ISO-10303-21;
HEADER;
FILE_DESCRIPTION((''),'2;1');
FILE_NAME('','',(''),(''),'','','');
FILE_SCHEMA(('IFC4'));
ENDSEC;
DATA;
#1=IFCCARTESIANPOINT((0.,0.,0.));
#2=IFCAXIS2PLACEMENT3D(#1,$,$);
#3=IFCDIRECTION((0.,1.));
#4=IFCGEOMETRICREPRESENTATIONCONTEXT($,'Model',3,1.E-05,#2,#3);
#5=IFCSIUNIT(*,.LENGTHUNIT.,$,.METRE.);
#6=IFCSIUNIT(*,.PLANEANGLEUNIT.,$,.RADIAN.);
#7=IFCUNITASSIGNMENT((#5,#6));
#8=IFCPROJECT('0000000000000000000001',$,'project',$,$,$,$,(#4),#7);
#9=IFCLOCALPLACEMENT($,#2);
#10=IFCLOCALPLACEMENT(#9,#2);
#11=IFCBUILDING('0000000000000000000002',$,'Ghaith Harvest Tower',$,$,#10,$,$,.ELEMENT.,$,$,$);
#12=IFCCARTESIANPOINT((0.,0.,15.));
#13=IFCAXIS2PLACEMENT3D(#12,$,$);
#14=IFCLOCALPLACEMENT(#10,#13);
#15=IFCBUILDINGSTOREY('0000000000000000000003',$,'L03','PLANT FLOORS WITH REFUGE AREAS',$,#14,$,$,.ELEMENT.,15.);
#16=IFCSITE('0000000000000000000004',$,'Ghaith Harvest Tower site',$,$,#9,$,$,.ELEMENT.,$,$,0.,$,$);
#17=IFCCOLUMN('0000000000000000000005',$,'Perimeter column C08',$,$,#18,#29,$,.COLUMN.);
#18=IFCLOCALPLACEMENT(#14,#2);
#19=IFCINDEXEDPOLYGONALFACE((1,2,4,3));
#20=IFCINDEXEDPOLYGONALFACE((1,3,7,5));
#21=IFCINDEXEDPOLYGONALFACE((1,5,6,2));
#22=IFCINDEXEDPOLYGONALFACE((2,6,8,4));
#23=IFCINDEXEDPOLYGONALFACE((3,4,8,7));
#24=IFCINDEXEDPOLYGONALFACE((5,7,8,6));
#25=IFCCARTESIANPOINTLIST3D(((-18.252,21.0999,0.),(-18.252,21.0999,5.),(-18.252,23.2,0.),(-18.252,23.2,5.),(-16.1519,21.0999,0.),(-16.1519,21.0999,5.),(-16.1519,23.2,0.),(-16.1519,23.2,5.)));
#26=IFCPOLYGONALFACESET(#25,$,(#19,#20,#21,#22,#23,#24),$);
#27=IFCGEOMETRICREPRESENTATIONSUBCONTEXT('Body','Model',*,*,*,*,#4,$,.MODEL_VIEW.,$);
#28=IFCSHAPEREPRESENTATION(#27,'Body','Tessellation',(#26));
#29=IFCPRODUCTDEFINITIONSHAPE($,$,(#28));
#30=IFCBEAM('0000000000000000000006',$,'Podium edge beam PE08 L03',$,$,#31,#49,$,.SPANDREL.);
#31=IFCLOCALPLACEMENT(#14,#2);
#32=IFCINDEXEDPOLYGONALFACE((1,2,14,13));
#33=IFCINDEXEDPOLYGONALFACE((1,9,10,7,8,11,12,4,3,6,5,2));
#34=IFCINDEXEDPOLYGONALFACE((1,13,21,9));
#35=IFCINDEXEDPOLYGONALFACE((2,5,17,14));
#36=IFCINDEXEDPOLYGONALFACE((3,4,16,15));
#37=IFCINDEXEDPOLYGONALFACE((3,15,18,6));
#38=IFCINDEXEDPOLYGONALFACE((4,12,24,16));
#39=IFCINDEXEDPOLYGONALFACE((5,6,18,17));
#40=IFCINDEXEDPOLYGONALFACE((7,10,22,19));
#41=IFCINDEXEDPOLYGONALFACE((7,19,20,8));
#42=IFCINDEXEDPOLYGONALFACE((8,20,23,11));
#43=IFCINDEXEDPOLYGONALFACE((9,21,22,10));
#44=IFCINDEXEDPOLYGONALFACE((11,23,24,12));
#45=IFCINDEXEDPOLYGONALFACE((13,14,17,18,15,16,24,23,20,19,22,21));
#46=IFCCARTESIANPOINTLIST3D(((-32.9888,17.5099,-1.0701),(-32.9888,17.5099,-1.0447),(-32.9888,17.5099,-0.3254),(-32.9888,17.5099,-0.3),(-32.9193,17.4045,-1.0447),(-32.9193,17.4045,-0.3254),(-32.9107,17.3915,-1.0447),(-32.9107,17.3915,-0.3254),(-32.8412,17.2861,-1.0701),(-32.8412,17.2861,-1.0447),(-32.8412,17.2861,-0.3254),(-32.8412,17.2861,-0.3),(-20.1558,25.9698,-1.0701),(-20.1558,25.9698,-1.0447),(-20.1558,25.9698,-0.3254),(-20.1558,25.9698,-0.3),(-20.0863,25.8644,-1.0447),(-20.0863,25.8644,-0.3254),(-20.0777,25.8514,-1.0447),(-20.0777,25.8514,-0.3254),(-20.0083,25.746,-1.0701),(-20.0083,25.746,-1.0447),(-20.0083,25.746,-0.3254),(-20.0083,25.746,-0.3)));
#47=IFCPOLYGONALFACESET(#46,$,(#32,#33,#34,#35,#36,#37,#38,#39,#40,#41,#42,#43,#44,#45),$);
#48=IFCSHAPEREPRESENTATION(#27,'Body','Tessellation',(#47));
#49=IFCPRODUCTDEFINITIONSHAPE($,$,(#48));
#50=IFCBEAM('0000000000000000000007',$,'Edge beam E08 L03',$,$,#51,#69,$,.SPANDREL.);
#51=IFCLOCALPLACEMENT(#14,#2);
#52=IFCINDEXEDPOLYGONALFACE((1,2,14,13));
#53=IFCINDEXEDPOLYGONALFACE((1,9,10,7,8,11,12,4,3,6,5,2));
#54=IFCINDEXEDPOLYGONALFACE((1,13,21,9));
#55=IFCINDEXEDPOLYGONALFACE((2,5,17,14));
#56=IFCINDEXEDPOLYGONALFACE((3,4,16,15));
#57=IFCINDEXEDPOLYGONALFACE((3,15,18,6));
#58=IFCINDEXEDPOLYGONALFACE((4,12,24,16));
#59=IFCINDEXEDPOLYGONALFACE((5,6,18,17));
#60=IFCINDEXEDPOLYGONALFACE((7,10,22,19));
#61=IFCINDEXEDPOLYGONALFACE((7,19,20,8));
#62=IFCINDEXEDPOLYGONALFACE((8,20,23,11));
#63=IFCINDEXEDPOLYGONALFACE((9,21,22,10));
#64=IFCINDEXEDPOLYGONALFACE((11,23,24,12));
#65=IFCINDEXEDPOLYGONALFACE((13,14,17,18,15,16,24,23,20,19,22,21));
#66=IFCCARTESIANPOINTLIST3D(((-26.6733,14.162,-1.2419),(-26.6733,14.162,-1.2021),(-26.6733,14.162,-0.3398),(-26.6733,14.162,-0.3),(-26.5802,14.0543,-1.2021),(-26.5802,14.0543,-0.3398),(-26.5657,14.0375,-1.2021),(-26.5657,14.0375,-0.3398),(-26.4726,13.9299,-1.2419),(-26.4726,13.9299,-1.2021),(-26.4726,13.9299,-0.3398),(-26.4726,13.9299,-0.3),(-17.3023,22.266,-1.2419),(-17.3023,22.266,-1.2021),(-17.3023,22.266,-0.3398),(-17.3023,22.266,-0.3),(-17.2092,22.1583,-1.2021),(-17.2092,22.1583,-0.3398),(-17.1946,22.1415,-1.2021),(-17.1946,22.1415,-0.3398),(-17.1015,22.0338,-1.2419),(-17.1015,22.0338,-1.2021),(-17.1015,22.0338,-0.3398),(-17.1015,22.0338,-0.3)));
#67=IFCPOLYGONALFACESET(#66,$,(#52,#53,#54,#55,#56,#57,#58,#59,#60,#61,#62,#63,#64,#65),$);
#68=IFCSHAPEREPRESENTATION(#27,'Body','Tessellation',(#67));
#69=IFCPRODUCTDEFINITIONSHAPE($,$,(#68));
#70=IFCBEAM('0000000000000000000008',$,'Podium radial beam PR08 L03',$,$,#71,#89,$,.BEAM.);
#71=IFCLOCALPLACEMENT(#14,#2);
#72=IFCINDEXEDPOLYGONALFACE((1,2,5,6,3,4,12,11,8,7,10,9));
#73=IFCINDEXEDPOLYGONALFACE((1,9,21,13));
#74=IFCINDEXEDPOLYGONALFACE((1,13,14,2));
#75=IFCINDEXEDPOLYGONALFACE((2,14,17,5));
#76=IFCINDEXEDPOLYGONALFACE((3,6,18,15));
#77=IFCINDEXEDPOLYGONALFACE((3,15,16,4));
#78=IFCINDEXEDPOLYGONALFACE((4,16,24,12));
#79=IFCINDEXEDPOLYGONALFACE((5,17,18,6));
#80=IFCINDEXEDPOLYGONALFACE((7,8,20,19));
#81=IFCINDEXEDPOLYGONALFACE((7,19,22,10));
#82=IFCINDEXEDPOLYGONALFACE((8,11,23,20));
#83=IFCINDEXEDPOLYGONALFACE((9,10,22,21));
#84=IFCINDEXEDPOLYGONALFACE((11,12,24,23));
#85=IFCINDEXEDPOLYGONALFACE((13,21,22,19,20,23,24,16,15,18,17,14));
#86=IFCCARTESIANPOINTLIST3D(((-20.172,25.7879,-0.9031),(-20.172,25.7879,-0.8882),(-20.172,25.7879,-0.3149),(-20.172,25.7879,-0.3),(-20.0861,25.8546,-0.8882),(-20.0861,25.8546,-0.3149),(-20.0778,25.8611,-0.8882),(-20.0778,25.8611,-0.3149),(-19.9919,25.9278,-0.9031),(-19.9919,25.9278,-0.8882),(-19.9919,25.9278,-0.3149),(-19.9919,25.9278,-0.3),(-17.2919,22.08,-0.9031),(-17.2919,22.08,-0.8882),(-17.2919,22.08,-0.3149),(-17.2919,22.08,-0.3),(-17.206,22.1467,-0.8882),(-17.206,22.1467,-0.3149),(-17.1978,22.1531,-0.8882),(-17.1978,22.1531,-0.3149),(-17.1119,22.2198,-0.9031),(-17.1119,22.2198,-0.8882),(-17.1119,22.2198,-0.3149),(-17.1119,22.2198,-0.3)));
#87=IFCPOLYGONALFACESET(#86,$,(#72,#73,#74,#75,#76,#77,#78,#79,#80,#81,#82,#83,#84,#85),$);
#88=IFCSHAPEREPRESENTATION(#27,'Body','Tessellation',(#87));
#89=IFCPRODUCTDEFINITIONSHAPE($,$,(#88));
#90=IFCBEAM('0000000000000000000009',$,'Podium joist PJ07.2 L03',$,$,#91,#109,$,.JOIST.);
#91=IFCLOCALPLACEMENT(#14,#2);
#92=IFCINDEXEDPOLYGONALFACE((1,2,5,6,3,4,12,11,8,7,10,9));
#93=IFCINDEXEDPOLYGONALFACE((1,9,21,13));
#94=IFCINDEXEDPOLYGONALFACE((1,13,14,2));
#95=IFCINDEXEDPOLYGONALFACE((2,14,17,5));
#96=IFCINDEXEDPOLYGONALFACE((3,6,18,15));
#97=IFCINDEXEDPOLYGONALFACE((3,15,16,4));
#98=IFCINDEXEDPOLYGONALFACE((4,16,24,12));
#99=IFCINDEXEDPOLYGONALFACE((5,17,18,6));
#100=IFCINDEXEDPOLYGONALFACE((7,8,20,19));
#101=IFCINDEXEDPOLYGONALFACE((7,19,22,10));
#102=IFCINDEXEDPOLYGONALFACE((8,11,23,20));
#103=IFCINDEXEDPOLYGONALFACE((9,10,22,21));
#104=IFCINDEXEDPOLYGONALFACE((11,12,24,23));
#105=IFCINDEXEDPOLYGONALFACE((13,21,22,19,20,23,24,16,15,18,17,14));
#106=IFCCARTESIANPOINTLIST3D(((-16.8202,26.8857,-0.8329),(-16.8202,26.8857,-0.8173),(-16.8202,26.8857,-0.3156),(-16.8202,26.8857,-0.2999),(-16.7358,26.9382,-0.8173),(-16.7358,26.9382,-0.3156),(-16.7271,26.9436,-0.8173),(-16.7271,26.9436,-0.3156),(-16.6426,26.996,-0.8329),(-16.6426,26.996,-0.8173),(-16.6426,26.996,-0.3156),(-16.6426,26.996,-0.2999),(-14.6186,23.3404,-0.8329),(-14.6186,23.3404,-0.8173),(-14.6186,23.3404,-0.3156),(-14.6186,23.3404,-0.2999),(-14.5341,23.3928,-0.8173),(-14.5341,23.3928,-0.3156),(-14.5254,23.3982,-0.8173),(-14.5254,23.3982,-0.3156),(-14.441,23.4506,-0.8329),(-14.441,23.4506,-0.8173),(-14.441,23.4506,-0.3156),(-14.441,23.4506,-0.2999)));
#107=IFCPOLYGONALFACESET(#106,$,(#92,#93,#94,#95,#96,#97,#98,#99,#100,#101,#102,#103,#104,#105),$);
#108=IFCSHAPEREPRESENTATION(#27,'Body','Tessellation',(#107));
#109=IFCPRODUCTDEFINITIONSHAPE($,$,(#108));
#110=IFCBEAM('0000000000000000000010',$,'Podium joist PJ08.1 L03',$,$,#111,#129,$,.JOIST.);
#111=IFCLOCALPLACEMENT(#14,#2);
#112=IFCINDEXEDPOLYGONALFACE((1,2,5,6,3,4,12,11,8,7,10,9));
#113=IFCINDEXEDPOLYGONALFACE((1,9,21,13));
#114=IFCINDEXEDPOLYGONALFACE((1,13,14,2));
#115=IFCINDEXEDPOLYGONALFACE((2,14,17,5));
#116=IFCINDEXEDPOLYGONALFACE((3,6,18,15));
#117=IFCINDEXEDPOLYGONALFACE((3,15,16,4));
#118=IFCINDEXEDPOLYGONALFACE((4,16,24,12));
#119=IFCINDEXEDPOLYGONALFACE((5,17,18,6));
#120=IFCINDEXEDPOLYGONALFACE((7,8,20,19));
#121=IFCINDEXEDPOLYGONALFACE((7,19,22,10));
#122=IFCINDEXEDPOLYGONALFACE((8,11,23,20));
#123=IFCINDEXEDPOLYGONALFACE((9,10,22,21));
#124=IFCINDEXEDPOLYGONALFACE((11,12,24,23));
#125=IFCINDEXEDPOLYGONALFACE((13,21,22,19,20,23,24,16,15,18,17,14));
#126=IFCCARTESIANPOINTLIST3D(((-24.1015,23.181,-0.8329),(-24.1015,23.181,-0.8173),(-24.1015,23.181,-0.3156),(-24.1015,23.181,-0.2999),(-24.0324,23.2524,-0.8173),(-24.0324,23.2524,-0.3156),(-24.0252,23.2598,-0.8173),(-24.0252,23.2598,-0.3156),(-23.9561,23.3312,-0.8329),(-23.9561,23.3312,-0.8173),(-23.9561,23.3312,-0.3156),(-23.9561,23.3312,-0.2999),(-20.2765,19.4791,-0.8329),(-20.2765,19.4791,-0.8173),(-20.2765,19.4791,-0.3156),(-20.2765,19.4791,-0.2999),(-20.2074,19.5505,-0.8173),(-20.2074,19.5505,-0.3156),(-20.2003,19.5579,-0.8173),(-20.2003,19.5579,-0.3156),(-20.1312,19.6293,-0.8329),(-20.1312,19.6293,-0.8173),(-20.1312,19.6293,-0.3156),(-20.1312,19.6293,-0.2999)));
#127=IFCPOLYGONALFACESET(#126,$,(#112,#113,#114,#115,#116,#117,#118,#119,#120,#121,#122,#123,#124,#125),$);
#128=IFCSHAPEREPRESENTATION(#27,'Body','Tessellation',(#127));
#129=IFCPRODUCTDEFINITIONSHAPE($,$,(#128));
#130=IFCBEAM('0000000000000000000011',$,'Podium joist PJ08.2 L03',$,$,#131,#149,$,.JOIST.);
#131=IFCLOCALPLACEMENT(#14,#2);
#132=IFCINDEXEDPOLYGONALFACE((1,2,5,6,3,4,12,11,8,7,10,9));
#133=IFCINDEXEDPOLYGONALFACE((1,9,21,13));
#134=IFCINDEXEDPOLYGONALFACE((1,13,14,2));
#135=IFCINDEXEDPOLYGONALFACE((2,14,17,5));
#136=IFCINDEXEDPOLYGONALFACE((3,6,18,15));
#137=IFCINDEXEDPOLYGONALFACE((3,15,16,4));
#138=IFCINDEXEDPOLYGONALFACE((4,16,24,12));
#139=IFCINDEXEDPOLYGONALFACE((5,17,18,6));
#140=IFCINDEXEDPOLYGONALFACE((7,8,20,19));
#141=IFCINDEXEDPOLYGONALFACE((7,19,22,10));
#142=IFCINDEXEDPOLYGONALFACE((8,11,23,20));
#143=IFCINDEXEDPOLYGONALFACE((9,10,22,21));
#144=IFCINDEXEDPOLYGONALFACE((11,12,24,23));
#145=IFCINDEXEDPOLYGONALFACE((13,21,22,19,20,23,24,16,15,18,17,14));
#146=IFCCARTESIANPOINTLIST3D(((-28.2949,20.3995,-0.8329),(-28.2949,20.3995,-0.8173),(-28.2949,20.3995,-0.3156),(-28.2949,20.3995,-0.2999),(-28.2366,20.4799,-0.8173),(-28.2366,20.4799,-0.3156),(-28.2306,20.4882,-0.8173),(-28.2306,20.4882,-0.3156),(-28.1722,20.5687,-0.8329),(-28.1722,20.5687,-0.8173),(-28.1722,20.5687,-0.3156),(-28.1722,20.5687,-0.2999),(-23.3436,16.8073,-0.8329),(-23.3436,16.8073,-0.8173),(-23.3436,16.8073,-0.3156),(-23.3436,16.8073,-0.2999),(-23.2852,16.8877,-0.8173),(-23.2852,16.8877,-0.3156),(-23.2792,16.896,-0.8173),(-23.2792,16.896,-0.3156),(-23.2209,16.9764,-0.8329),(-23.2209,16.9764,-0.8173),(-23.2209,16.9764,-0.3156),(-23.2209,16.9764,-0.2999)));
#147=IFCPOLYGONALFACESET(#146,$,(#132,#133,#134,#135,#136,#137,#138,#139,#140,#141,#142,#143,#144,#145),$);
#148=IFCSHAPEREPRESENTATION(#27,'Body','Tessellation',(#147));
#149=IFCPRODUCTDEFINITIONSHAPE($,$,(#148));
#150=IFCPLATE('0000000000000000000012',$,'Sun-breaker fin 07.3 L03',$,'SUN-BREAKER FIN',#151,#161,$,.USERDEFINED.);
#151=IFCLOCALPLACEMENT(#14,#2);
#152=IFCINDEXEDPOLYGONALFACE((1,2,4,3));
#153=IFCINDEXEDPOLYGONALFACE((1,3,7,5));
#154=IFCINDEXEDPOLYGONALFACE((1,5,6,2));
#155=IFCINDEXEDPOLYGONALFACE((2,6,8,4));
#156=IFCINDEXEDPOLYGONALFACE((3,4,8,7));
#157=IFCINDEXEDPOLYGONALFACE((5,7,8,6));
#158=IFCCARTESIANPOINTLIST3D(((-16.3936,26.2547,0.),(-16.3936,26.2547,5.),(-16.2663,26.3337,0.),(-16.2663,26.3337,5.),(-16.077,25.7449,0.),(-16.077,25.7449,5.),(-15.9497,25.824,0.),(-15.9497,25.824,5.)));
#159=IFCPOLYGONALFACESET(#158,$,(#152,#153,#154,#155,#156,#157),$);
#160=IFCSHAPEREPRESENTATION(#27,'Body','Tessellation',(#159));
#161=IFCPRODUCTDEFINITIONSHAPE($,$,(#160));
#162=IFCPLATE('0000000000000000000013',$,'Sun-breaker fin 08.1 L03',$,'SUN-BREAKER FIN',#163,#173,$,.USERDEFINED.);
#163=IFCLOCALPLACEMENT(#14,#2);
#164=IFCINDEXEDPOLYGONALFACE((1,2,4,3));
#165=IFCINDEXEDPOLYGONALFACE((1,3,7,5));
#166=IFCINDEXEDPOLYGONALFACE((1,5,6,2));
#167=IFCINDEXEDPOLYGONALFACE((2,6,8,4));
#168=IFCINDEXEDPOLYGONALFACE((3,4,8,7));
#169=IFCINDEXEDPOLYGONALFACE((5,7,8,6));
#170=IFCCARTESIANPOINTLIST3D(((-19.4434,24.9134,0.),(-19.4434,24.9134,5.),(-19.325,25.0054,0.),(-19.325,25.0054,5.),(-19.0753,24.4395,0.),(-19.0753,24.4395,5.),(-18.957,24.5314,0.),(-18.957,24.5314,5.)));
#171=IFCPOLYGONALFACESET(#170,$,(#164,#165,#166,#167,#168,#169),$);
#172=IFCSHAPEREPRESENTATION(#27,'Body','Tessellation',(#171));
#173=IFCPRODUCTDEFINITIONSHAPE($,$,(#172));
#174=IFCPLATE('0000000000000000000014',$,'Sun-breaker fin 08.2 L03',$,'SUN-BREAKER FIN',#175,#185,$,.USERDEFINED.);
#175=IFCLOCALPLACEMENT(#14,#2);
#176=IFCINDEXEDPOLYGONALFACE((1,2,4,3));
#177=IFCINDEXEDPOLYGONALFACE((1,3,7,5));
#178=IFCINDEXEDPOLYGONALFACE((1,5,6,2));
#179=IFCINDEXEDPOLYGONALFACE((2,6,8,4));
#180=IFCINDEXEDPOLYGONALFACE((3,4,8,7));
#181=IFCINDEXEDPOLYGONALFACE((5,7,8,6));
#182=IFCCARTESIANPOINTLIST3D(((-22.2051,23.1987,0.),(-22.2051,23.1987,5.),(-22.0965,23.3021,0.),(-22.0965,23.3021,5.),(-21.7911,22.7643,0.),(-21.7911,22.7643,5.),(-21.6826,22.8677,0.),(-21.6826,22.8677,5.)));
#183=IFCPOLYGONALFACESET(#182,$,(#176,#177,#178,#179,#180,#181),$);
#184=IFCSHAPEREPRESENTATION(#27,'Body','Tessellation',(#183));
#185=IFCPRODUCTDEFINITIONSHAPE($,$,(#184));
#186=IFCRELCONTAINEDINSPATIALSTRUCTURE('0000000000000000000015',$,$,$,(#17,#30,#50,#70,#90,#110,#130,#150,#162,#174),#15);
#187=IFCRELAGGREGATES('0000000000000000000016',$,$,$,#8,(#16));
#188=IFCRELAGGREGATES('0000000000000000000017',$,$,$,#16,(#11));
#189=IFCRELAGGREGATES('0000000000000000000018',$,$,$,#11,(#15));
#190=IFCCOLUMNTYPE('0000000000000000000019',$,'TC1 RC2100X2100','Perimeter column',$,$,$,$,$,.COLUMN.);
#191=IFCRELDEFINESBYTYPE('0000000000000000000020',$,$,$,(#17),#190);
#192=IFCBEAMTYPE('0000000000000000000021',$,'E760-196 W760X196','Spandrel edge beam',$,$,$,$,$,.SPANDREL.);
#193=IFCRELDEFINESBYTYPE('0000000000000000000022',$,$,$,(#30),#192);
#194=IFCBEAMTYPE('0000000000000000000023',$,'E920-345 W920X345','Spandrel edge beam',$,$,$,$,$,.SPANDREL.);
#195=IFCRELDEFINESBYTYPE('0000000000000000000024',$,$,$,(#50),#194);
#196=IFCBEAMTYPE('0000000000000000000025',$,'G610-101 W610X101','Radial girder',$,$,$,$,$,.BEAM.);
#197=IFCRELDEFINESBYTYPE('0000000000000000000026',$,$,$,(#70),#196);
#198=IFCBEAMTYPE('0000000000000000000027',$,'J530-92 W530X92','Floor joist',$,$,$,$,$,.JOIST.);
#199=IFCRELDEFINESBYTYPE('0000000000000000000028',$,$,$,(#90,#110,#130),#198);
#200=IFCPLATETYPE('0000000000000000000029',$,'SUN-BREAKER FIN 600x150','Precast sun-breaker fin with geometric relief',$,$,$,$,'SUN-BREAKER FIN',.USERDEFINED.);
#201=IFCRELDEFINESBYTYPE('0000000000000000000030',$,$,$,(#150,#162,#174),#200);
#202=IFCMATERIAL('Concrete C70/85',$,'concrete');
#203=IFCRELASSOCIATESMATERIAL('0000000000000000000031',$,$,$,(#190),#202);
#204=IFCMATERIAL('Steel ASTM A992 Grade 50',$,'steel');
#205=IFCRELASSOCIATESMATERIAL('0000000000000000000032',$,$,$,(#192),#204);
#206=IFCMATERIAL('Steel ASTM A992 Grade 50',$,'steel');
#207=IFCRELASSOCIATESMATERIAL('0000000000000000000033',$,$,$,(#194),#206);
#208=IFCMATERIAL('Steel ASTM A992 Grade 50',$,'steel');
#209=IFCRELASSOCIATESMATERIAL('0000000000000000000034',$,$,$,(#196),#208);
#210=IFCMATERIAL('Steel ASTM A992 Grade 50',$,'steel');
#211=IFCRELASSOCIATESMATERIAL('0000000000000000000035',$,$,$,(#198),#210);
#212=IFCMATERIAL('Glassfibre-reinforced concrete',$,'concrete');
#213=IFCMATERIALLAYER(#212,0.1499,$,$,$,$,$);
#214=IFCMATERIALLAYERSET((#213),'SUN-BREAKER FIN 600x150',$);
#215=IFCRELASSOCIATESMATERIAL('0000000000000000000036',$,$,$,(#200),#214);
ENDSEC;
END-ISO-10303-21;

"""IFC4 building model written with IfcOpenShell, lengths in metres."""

from ifc_helpers import new_model, si_unit, direction, frame, origin, origin_2d, place, context, subcontext, project, spatial, rectangle, i_section, extrude, material, layer, layer_set, material_profile, profile_set, type_object, element, save


model = new_model("IFC4")

# Units and contexts
model_context = context("Model", 3, precision=1e-05, world=origin(), true_north=direction((0.0, 1.0)))
body_context = subcontext(model_context, "Body", "Model", "MODEL_VIEW")
ifc_project = project(units=[si_unit("LENGTHUNIT", "METRE"), si_unit("PLANEANGLEUNIT", "RADIAN")], contexts=[model_context])

# Site, building, storey
site_placement = place(None, origin())
site = spatial("IfcSite", under=ifc_project, at=site_placement, Name="Ghaith Harvest Tower site", CompositionType="ELEMENT", RefElevation=0.0)
building_placement = place(site_placement, origin())
building = spatial("IfcBuilding", under=site, at=building_placement, Name="Ghaith Harvest Tower", CompositionType="ELEMENT")
storey_placement = place(building_placement, frame((0.0, 0.0, 15.0)))
storey = spatial("IfcBuildingStorey", under=building, at=storey_placement, Name="L03", Description="PLANT FLOORS WITH REFUGE AREAS", CompositionType="ELEMENT", Elevation=15.0)

# Column
ifc_material_1 = material(Name="Concrete C70/85", Category="concrete")
ifc_material_profile_1 = material_profile(ifc_material_1, rectangle(XDim=2.1001, YDim=2.1001, at=origin_2d()), Name="RC2100X2100")
ifc_profile_set_1 = profile_set([ifc_material_profile_1], Name="Concrete C70/85")
column_type = type_object("IfcColumnType", Name="TC1 RC2100X2100", Description="Perimeter column", PredefinedType="COLUMN", material=ifc_profile_set_1)
column_placement = place(storey_placement, frame((-17.2019, 22.1499, 0.0), z_axis=(0.0, 0.0, 1.0), x_axis=(1.0, 0.0, 0.0)))
element("IfcColumn", 1, at=column_placement, inside=storey, type_object=column_type, Name="Perimeter column C08", PredefinedType="COLUMN", context=body_context, shape_type="SweptSolid", body=[
    extrude(rectangle(XDim=2.1001, YDim=2.1001, at=origin_2d()), origin(), (0.0, 0.0, 1.0), 5.0),
])

# Beams
ifc_material_2 = material(Name="Steel ASTM A992 Grade 50", Category="steel")
ifc_material_profile_2 = material_profile(ifc_material_2, i_section(OverallWidth=0.2681, OverallDepth=0.77, WebThickness=0.0156, FlangeThickness=0.0254, at=origin_2d()), Name="W760X196")
ifc_profile_set_2 = profile_set([ifc_material_profile_2], Name="Steel ASTM A992 Grade 50")
beam_type_1 = type_object("IfcBeamType", Name="E760-196 W760X196", Description="Spandrel edge beam", PredefinedType="SPANDREL", material=ifc_profile_set_2)
beam_1_placement = place(storey_placement, frame((-20.082, 25.8579, -0.6851), z_axis=(-0.834903, -0.550397, 0.0), x_axis=(0.550397, -0.834903, 0.0)))
element("IfcBeam", 2, at=beam_1_placement, inside=storey, type_object=beam_type_1, Name="Podium edge beam PE08 L03", PredefinedType="SPANDREL", context=body_context, shape_type="SweptSolid", body=[
    extrude(i_section(OverallWidth=0.2681, OverallDepth=0.77, WebThickness=0.0156, FlangeThickness=0.0254, at=origin_2d()), origin(), (0.0, 0.0, 1.0), 15.3706),
])
ifc_material_3 = material(Name="Steel ASTM A992 Grade 50", Category="steel")
ifc_material_profile_3 = material_profile(ifc_material_3, i_section(OverallWidth=0.3069, OverallDepth=0.9419, WebThickness=0.0222, FlangeThickness=0.0398, at=origin_2d()), Name="W920X345")
ifc_profile_set_3 = profile_set([ifc_material_profile_3], Name="Steel ASTM A992 Grade 50")
beam_type_2 = type_object("IfcBeamType", Name="E920-345 W920X345", Description="Spandrel edge beam", PredefinedType="SPANDREL", material=ifc_profile_set_3)
beam_2_placement = place(storey_placement, frame((-17.2019, 22.1499, -0.771), z_axis=(-0.756392, -0.654118, 0.0), x_axis=(0.654118, -0.756392, 0.0)))
element("IfcBeam", 3, at=beam_2_placement, inside=storey, type_object=beam_type_2, Name="Edge beam E08 L03", PredefinedType="SPANDREL", context=body_context, shape_type="SweptSolid", body=[
    extrude(i_section(OverallWidth=0.3069, OverallDepth=0.9419, WebThickness=0.0222, FlangeThickness=0.0398, at=origin_2d()), origin(), (0.0, 0.0, 1.0), 12.3892),
])
ifc_material_4 = material(Name="Steel ASTM A992 Grade 50", Category="steel")
ifc_material_profile_4 = material_profile(ifc_material_4, i_section(OverallWidth=0.228, OverallDepth=0.603, WebThickness=0.0105, FlangeThickness=0.0149, at=origin_2d()), Name="W610X101")
ifc_profile_set_4 = profile_set([ifc_material_profile_4], Name="Steel ASTM A992 Grade 50")
beam_type_3 = type_object("IfcBeamType", Name="G610-101 W610X101", Description="Radial girder", PredefinedType="BEAM", material=ifc_profile_set_4)
beam_3_placement = place(storey_placement, frame((-17.2019, 22.1499, -0.6016), z_axis=(-0.613426, 0.789752, 0.0), x_axis=(-0.789752, -0.613426, 0.0)))
element("IfcBeam", 4, at=beam_3_placement, inside=storey, type_object=beam_type_3, Name="Podium radial beam PR08 L03", PredefinedType="BEAM", context=body_context, shape_type="SweptSolid", body=[
    extrude(i_section(OverallWidth=0.228, OverallDepth=0.603, WebThickness=0.0105, FlangeThickness=0.0149, at=origin_2d()), origin(), (0.0, 0.0, 1.0), 4.6951),
])
ifc_material_5 = material(Name="Steel ASTM A992 Grade 50", Category="steel")
ifc_material_profile_5 = material_profile(ifc_material_5, i_section(OverallWidth=0.209, OverallDepth=0.533, WebThickness=0.0103, FlangeThickness=0.0156, at=origin_2d()), Name="W530X92")
ifc_profile_set_5 = profile_set([ifc_material_profile_5], Name="Steel ASTM A992 Grade 50")
beam_type_4 = type_object("IfcBeamType", Name="J530-92 W530X92", Description="Floor joist", PredefinedType="JOIST", material=ifc_profile_set_5)
beam_4_placement = place(storey_placement, frame((-14.5298, 23.3955, -0.5664), z_axis=(-0.527546, 0.849526, 0.0), x_axis=(-0.849526, -0.527546, 0.0)))
element("IfcBeam", 5, at=beam_4_placement, inside=storey, type_object=beam_type_4, Name="Podium joist PJ07.2 L03", PredefinedType="JOIST", context=body_context, shape_type="SweptSolid", body=[
    extrude(i_section(OverallWidth=0.209, OverallDepth=0.533, WebThickness=0.0103, FlangeThickness=0.0156, at=origin_2d()), origin(), (0.0, 0.0, 1.0), 4.1733),
])
beam_5_placement = place(storey_placement, frame((-20.2039, 19.5542, -0.5664), z_axis=(-0.71857, 0.695454, 0.0), x_axis=(-0.695454, -0.71857, 0.0)))
element("IfcBeam", 6, at=beam_5_placement, inside=storey, type_object=beam_type_4, Name="Podium joist PJ08.1 L03", PredefinedType="JOIST", context=body_context, shape_type="SweptSolid", body=[
    extrude(i_section(OverallWidth=0.209, OverallDepth=0.533, WebThickness=0.0103, FlangeThickness=0.0156, at=origin_2d()), origin(), (0.0, 0.0, 1.0), 5.323),
])
beam_6_placement = place(storey_placement, frame((-23.2822, 16.8918, -0.5664), z_axis=(-0.809416, 0.587236, 0.0), x_axis=(-0.587236, -0.809416, 0.0)))
element("IfcBeam", 7, at=beam_6_placement, inside=storey, type_object=beam_type_4, Name="Podium joist PJ08.2 L03", PredefinedType="JOIST", context=body_context, shape_type="SweptSolid", body=[
    extrude(i_section(OverallWidth=0.209, OverallDepth=0.533, WebThickness=0.0103, FlangeThickness=0.0156, at=origin_2d()), origin(), (0.0, 0.0, 1.0), 6.1172),
])

# Plates
ifc_material_6 = material(Name="Glassfibre-reinforced concrete", Category="concrete")
ifc_layer_1 = layer(ifc_material_6, 0.1499)
ifc_layer_set_1 = layer_set([ifc_layer_1], Name="SUN-BREAKER FIN 600x150")
plate_type = type_object("IfcPlateType", Name="SUN-BREAKER FIN 600x150", Description="Precast sun-breaker fin with geometric relief", ElementType="SUN-BREAKER FIN", PredefinedType="USERDEFINED", material=ifc_layer_set_1)
for number, where, z_axis, x_axis, name in (
    (8, (-16.1716, 26.0393, 0.0), (0.0, 0.0, 1.0), (-0.527583, 0.849504, 0.0), "Sun-breaker fin 07.3 L03"),
    (9, (-19.2002, 24.7224, 0.0), (0.0, 0.0, 1.0), (-0.613378, 0.78979, 0.0), "Sun-breaker fin 08.1 L03"),
    (10, (-21.9438, 23.0332, 0.0), (0.0, 0.0, 1.0), (-0.689779, 0.72402, 0.0), "Sun-breaker fin 08.2 L03"),
):
    element("IfcPlate", number, at=place(storey_placement, frame(where, z_axis=z_axis, x_axis=x_axis)), inside=storey, type_object=plate_type, Name=name, ObjectType="SUN-BREAKER FIN", PredefinedType="USERDEFINED", context=body_context, shape_type="SweptSolid", body=[
        extrude(rectangle(XDim=0.6001, YDim=0.1499, at=origin_2d()), origin(), (0.0, 0.0, 1.0), 5.0),
    ])

save(model, "model.ifc")
